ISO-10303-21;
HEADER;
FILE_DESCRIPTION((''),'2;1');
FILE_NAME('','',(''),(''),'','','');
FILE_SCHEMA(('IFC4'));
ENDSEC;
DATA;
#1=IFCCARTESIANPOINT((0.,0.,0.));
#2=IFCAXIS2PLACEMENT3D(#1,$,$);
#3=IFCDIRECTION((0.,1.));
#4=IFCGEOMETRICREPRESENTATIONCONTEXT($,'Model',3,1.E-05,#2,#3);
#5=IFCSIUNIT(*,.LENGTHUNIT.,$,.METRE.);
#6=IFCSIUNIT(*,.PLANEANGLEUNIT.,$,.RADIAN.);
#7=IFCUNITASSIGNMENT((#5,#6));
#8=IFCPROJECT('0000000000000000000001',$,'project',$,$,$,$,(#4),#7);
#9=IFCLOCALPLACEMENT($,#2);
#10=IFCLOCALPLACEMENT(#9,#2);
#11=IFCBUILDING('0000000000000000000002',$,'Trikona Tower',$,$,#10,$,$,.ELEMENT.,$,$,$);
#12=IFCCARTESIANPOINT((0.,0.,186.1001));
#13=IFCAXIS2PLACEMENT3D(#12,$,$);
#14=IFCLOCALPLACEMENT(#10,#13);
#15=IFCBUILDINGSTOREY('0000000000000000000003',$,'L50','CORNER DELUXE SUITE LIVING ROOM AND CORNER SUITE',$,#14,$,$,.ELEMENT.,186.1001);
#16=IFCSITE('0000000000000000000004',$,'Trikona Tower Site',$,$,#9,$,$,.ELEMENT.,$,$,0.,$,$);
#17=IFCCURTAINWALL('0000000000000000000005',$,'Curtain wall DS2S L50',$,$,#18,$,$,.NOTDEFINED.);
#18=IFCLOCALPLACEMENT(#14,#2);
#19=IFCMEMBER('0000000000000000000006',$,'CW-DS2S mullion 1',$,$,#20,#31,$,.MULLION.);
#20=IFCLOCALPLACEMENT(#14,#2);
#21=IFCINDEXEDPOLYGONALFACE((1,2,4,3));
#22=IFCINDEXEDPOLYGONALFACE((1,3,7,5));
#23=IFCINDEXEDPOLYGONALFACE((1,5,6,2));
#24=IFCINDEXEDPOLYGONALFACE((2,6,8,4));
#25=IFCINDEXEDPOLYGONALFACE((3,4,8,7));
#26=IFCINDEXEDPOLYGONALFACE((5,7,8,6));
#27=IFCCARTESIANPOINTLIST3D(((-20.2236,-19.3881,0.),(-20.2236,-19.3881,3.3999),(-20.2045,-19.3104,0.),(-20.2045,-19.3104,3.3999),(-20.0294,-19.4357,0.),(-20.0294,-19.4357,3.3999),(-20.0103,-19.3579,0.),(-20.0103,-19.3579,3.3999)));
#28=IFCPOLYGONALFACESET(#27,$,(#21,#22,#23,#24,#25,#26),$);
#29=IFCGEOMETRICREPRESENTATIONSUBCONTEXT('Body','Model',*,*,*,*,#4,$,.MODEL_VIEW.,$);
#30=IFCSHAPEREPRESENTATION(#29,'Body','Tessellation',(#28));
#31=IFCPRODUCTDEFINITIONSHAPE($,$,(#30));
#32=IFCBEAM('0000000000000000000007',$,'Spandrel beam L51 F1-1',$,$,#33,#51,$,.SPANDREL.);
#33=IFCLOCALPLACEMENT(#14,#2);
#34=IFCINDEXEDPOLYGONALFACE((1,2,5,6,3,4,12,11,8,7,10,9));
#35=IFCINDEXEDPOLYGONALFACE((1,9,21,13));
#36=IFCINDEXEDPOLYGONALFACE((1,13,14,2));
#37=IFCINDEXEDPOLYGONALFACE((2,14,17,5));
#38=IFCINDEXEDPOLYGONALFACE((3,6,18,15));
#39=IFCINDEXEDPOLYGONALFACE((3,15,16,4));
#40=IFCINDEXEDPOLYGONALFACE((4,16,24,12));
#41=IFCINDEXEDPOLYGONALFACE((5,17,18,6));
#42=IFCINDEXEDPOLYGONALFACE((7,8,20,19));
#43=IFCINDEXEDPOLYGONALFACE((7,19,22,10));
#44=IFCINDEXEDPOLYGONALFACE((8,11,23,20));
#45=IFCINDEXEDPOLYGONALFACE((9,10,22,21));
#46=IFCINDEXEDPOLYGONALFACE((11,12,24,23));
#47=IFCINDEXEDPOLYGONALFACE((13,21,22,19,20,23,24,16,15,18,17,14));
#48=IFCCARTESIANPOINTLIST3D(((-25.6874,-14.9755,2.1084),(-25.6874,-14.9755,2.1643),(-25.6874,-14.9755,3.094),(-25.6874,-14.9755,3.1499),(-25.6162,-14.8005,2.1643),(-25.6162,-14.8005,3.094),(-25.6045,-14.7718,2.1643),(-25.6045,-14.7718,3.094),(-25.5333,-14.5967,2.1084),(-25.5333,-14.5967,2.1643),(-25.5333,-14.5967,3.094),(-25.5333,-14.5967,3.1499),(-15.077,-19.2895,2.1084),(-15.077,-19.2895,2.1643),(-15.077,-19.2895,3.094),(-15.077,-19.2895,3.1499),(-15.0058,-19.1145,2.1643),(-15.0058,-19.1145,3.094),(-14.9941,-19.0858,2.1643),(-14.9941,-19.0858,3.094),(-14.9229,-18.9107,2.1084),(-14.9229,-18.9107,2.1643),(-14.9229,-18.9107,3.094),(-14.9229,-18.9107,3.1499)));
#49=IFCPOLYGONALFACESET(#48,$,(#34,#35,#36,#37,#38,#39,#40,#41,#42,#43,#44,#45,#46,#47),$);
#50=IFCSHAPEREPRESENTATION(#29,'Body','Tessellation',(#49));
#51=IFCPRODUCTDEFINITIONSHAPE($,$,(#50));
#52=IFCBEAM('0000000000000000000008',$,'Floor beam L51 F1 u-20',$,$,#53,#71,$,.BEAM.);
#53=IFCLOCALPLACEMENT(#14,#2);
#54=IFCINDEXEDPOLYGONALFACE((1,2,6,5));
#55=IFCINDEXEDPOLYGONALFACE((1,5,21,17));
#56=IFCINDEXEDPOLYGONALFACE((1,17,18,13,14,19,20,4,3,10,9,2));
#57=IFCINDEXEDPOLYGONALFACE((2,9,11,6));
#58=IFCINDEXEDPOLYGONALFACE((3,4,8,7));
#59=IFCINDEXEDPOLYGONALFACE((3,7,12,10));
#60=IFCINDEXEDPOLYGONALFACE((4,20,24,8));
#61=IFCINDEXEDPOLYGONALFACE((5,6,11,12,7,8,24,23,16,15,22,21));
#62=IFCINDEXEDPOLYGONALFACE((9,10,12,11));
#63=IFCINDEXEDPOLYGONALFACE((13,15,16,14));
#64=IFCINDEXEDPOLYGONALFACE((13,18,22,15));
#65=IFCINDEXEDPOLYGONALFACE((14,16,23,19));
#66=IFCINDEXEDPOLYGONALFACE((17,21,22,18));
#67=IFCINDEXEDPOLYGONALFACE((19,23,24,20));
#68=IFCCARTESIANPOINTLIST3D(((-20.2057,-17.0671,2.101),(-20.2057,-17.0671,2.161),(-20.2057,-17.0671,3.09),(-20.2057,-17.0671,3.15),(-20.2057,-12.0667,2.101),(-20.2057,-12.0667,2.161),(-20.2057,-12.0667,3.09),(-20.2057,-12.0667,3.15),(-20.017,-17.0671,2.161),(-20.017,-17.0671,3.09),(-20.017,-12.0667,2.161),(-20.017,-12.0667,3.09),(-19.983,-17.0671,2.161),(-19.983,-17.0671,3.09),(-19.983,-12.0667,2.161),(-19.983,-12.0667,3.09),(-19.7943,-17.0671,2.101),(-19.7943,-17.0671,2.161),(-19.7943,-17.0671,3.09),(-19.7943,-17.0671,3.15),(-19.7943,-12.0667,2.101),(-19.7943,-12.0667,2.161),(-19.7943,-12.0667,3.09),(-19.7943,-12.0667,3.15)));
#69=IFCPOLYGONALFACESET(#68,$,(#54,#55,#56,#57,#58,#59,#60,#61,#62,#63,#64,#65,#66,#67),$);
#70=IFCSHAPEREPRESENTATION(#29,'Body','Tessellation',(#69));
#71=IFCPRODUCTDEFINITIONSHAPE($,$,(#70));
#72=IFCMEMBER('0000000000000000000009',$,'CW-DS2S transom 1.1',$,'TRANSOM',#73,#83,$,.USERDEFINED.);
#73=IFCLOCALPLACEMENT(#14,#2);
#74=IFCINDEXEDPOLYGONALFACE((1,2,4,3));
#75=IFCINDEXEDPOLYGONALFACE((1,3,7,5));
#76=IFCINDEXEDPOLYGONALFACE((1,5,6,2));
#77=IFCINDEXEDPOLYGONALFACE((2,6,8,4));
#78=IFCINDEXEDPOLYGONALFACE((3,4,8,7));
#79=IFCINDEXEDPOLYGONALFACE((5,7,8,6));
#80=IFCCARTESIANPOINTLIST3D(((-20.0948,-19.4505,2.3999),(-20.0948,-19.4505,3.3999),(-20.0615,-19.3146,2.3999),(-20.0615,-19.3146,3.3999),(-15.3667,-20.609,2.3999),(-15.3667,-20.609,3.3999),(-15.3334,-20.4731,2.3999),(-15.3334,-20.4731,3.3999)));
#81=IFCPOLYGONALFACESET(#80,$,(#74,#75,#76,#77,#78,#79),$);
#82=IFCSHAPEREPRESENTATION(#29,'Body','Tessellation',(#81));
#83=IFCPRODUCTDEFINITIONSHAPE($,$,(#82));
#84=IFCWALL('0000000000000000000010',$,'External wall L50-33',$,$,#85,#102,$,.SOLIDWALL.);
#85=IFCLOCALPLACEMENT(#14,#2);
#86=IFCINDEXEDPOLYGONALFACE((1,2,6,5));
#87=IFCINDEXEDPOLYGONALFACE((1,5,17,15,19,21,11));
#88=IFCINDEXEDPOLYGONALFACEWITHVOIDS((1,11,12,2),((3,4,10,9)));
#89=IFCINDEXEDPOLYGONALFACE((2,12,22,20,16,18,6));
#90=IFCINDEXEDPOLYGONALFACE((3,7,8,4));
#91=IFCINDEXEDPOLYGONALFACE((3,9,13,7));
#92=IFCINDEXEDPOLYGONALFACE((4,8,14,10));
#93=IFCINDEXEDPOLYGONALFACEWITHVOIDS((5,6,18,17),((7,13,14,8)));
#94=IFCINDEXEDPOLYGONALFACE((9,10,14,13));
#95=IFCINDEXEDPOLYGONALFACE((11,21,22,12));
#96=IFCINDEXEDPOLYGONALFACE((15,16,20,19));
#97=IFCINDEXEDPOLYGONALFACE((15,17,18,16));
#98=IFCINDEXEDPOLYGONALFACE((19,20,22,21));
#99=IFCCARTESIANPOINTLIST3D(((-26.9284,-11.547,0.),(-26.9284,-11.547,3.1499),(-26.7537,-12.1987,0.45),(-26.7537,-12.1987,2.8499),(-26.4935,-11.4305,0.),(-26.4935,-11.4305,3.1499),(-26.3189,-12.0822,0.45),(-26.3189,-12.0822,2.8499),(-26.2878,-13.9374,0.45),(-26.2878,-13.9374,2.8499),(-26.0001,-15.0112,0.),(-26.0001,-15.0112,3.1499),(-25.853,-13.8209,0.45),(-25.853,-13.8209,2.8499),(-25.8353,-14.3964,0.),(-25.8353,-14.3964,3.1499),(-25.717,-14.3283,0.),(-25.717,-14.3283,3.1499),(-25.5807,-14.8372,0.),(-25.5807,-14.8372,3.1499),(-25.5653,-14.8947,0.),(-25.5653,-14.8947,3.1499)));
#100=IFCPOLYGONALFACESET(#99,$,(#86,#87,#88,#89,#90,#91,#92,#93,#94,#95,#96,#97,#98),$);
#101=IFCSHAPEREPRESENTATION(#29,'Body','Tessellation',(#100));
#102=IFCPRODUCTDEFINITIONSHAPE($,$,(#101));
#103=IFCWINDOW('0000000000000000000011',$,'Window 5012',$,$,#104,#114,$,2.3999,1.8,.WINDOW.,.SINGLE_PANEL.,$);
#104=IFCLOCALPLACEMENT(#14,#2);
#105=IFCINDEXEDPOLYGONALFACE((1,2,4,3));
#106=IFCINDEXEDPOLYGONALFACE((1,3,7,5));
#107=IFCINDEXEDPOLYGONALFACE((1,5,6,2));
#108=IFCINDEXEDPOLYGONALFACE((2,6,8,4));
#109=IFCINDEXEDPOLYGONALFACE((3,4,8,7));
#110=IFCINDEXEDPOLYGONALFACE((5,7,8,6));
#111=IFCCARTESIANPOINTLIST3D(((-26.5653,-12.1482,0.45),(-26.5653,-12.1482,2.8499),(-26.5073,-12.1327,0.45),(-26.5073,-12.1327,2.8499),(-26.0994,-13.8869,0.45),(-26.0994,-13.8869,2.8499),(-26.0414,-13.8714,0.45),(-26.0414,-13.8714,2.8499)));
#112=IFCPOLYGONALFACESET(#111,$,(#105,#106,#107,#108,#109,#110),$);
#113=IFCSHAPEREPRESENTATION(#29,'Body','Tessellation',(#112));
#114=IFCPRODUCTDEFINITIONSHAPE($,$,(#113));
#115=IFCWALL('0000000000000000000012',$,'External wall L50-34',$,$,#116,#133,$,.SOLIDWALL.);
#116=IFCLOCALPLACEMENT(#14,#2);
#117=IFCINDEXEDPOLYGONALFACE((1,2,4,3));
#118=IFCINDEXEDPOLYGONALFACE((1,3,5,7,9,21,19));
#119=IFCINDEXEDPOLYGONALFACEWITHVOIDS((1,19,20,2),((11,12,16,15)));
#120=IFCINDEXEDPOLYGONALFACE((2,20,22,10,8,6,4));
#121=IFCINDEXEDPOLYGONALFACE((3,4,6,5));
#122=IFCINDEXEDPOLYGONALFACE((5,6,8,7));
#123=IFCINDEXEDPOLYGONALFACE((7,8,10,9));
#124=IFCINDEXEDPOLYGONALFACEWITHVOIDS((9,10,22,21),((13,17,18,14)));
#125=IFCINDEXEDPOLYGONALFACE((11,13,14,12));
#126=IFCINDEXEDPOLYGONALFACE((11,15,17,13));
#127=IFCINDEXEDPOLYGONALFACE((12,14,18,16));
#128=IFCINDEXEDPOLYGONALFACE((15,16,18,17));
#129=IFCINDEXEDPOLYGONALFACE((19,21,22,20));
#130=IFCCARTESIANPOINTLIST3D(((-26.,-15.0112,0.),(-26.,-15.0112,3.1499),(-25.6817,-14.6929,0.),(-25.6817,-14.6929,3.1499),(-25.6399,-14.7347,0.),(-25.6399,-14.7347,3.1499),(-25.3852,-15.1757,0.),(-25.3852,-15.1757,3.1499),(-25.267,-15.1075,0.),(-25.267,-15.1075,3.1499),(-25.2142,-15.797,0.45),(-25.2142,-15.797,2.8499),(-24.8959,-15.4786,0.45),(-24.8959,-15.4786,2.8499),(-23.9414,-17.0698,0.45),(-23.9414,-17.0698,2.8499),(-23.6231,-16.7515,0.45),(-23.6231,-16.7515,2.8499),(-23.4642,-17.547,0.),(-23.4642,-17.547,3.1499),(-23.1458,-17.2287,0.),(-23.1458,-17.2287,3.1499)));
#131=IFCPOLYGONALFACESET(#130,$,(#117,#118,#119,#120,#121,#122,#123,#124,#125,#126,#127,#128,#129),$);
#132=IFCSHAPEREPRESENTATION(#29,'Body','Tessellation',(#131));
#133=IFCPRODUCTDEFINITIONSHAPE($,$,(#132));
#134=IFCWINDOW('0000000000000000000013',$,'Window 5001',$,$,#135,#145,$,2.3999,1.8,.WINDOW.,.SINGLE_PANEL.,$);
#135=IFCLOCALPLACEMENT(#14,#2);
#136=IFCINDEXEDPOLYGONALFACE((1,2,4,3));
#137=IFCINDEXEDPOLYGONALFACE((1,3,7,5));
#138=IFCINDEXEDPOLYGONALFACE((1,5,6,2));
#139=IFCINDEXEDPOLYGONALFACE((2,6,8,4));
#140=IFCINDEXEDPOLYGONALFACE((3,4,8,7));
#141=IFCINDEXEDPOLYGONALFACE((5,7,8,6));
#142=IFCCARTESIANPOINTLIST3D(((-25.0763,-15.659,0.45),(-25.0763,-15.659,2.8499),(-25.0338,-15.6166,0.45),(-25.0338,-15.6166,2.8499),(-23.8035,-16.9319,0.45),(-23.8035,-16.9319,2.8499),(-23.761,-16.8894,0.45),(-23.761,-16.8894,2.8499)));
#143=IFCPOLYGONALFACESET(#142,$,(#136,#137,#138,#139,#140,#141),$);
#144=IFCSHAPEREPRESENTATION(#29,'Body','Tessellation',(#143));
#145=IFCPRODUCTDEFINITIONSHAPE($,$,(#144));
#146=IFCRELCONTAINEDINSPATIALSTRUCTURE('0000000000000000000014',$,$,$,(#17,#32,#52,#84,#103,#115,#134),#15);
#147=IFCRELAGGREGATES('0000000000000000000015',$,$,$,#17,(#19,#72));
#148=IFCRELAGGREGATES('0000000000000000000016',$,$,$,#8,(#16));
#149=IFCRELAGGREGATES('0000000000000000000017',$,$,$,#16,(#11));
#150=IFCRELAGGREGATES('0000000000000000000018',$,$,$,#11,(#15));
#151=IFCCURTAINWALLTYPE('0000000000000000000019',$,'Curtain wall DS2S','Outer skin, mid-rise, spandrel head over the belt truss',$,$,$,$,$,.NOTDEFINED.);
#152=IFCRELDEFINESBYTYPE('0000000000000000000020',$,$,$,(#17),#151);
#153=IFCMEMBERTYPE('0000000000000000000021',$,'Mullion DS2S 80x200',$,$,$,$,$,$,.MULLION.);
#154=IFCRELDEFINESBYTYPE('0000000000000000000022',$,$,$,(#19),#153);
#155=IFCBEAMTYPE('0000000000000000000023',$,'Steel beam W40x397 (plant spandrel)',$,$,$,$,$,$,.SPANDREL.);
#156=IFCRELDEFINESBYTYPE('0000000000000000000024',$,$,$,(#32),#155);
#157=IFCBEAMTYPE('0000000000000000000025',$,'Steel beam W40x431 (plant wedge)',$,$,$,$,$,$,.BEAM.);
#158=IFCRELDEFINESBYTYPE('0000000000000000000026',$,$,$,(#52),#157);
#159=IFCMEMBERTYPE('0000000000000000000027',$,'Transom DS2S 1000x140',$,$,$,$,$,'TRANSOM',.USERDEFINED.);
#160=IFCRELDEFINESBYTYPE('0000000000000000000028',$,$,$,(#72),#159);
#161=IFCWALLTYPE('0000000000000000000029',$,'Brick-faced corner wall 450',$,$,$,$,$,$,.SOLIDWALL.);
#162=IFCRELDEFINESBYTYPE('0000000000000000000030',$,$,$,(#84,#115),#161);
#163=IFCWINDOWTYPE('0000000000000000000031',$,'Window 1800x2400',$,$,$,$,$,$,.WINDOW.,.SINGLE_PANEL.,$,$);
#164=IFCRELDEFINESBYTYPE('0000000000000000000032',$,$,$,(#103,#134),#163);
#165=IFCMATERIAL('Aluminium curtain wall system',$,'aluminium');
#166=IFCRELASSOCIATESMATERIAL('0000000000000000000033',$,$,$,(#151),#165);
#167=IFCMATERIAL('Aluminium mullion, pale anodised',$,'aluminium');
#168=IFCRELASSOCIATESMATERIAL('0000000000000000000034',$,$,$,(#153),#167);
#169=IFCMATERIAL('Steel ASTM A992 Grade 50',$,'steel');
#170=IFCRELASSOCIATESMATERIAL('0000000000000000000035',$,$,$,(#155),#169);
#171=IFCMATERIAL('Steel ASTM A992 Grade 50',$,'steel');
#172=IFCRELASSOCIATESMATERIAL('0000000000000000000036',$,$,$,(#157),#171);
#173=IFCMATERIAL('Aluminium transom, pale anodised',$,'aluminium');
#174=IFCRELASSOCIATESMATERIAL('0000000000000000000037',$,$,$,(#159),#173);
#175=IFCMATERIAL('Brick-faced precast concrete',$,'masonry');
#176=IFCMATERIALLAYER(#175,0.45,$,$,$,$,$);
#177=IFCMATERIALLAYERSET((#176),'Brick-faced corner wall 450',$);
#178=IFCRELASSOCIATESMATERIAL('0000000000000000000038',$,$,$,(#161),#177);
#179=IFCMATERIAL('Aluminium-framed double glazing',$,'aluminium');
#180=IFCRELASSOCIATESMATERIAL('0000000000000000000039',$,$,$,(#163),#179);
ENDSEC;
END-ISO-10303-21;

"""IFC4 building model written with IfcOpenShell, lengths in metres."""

from ifc_helpers import new_model, si_unit, direction, frame, frame_2d, origin, origin_2d, place, context, subcontext, project, spatial, polyline, rectangle, i_section, outline, extrude, material, layer, layer_set, material_profile, profile_set, type_object, element, fill, aggregate, save


model = new_model("IFC4")

# Units and contexts
model_context = context("Model", 3, precision=1e-05, world=origin(), true_north=direction((0.0, 1.0)))
body_context = subcontext(model_context, "Body", "Model", "MODEL_VIEW")
ifc_project = project(units=[si_unit("LENGTHUNIT", "METRE"), si_unit("PLANEANGLEUNIT", "RADIAN")], contexts=[model_context])

# Site, building, storey
site_placement = place(None, origin())
site = spatial("IfcSite", under=ifc_project, at=site_placement, Name="Trikona Tower Site", CompositionType="ELEMENT", RefElevation=0.0)
building_placement = place(site_placement, origin())
building = spatial("IfcBuilding", under=site, at=building_placement, Name="Trikona Tower", CompositionType="ELEMENT")
storey_placement = place(building_placement, frame((0.0, 0.0, 186.1001)))
storey = spatial("IfcBuildingStorey", under=building, at=storey_placement, Name="L50", Description="CORNER DELUXE SUITE LIVING ROOM AND CORNER SUITE", CompositionType="ELEMENT", Elevation=186.1001)

# Curtain wall, member
ifc_material_1 = material(Name="Aluminium curtain wall system", Category="aluminium")
curtain_wall_type = type_object("IfcCurtainWallType", Name="Curtain wall DS2S", Description="Outer skin, mid-rise, spandrel head over the belt truss", PredefinedType="NOTDEFINED", material=ifc_material_1)
curtain_wall_placement = place(storey_placement, origin())
curtain_wall = element("IfcCurtainWall", 1, at=curtain_wall_placement, inside=storey, type_object=curtain_wall_type, Name="Curtain wall DS2S L50", PredefinedType="NOTDEFINED")
ifc_material_2 = material(Name="Aluminium mullion, pale anodised", Category="aluminium")
ifc_material_profile_1 = material_profile(ifc_material_2, rectangle(XDim=0.0801, YDim=0.2, at=origin_2d()), Name="MUL-DS2S")
ifc_profile_set_1 = profile_set([ifc_material_profile_1], Name="Aluminium mullion, pale anodised")
member_type_1 = type_object("IfcMemberType", Name="Mullion DS2S 80x200", PredefinedType="MULLION", material=ifc_profile_set_1)
member_1_placement = place(storey_placement, frame((-20.1169, -19.373, 0.0), z_axis=(0.0, 0.0, 1.0), x_axis=(0.23797, 0.971272, 0.0)))
member_1 = element("IfcMember", 2, at=member_1_placement, type_object=member_type_1, Name="CW-DS2S mullion 1", PredefinedType="MULLION", context=body_context, shape_type="SweptSolid", body=[
    extrude(rectangle(XDim=0.0801, YDim=0.2, at=origin_2d()), origin(), (0.0, 0.0, 1.0), 3.3999),
])

# Beams
ifc_material_3 = material(Name="Steel ASTM A992 Grade 50", Category="steel")
ifc_material_profile_2 = material_profile(ifc_material_3, i_section(OverallWidth=0.4089, OverallDepth=1.0415, WebThickness=0.031, FlangeThickness=0.0559, at=origin_2d()), Name="W40X397")
ifc_profile_set_2 = profile_set([ifc_material_profile_2], Name="Steel ASTM A992 Grade 50")
beam_type_1 = type_object("IfcBeamType", Name="Steel beam W40x397 (plant spandrel)", PredefinedType="SPANDREL", material=ifc_profile_set_2)
beam_1_placement = place(storey_placement, frame((-25.6104, -14.7861, 2.6292), z_axis=(0.92636, -0.37664, 0.0), x_axis=(0.37664, 0.92636, 0.0)))
element("IfcBeam", 3, at=beam_1_placement, inside=storey, type_object=beam_type_1, Name="Spandrel beam L51 F1-1", PredefinedType="SPANDREL", context=body_context, shape_type="SweptSolid", body=[
    extrude(i_section(OverallWidth=0.4089, OverallDepth=1.0415, WebThickness=0.031, FlangeThickness=0.0559, at=origin_2d()), origin(), (0.0, 0.0, 1.0), 11.4539),
])
ifc_material_4 = material(Name="Steel ASTM A992 Grade 50", Category="steel")
ifc_material_profile_3 = material_profile(ifc_material_4, i_section(OverallWidth=0.4114, OverallDepth=1.0491, WebThickness=0.0339, FlangeThickness=0.0601, at=origin_2d()), Name="W40X431")
ifc_profile_set_3 = profile_set([ifc_material_profile_3], Name="Steel ASTM A992 Grade 50")
beam_type_2 = type_object("IfcBeamType", Name="Steel beam W40x431 (plant wedge)", PredefinedType="BEAM", material=ifc_profile_set_3)
beam_2_placement = place(storey_placement, frame((-20.0, -12.0667, 2.6255), z_axis=(0.0, -1.0, 0.0), x_axis=(1.0, 0.0, 0.0)))
element("IfcBeam", 4, at=beam_2_placement, inside=storey, type_object=beam_type_2, Name="Floor beam L51 F1 u-20", PredefinedType="BEAM", context=body_context, shape_type="SweptSolid", body=[
    extrude(i_section(OverallWidth=0.4114, OverallDepth=1.0491, WebThickness=0.0339, FlangeThickness=0.0601, at=origin_2d()), origin(), (0.0, 0.0, 1.0), 5.0005),
])

# Member
ifc_material_5 = material(Name="Aluminium transom, pale anodised", Category="aluminium")
ifc_material_profile_4 = material_profile(ifc_material_5, rectangle(XDim=0.1399, YDim=1.0, at=origin_2d()), Name="TRN-DS2S")
ifc_profile_set_4 = profile_set([ifc_material_profile_4], Name="Aluminium transom, pale anodised")
member_type_2 = type_object("IfcMemberType", Name="Transom DS2S 1000x140", ElementType="TRANSOM", PredefinedType="USERDEFINED", material=ifc_profile_set_4)
member_2_placement = place(storey_placement, frame((-20.0781, -19.3826, 2.8999), z_axis=(0.971271, -0.237978, 0.0), x_axis=(0.237978, 0.971271, 0.0)))
member_2 = element("IfcMember", 5, at=member_2_placement, type_object=member_type_2, Name="CW-DS2S transom 1.1", ObjectType="TRANSOM", PredefinedType="USERDEFINED", context=body_context, shape_type="SweptSolid", body=[
    extrude(rectangle(XDim=0.1399, YDim=1.0, at=origin_2d()), origin(), (0.0, 0.0, 1.0), 4.8679),
])
aggregate(curtain_wall, [member_1, member_2])

# Walls, openings, windows
ifc_material_6 = material(Name="Brick-faced precast concrete", Category="masonry")
ifc_layer_1 = layer(ifc_material_6, 0.45)
ifc_layer_set_1 = layer_set([ifc_layer_1], Name="Brick-faced corner wall 450")
wall_type_1 = type_object("IfcWallType", Name="Brick-faced corner wall 450", PredefinedType="SOLIDWALL", material=ifc_layer_set_1)
wall_1_placement = place(storey_placement, frame((-26.7109, -11.4888, 0.0), z_axis=(0.0, 0.0, 1.0), x_axis=(0.258823, -0.965925, 0.0)))
wall_1 = element("IfcWall", 6, at=wall_1_placement, inside=storey, type_object=wall_type_1, Name="External wall L50-33", PredefinedType="SOLIDWALL", context=body_context, shape_type="SweptSolid", body=[
    extrude(outline(polyline([(3.5864, 0.2251), (3.5269, 0.2251), (3.0352, 0.0933), (3.0, 0.2251), (0.0, 0.2251), (0.0, -0.2251), (3.5864, -0.2251), (3.5864, 0.2251)])), origin(), (0.0, 0.0, 1.0), 3.1499),
])
opening_1_placement = place(wall_1_placement, frame((0.6748, 0.0, 0.45)))
opening_1 = element("IfcOpeningElement", 7, at=opening_1_placement, cuts=wall_1, PredefinedType="OPENING", context=body_context, shape_type="SweptSolid", body=[
    extrude(rectangle(XDim=1.8, YDim=2.3999, at=frame_2d((0.8999, 1.2))), frame((0.0, 0.2349, 0.0), z_axis=(0.0, -1.0, 0.0), x_axis=(1.0, 0.0, 0.0)), (0.0, 0.0, 1.0), 0.47),
])
ifc_material_7 = material(Name="Aluminium-framed double glazing", Category="aluminium")
window_type_1 = type_object("IfcWindowType", Name="Window 1800x2400", PartitioningType="SINGLE_PANEL", PredefinedType="WINDOW", material=ifc_material_7)
window_1_placement = place(opening_1_placement, origin())
window_1 = element("IfcWindow", 8, at=window_1_placement, inside=storey, type_object=window_type_1, Name="Window 5012", OverallHeight=2.3999, OverallWidth=1.8, PartitioningType="SINGLE_PANEL", PredefinedType="WINDOW", context=body_context, shape_type="SweptSolid", body=[
    extrude(rectangle(XDim=1.8, YDim=2.3999, at=frame_2d((0.8999, 1.2))), frame((0.0, 0.03, 0.0), z_axis=(0.0, -1.0, 0.0), x_axis=(1.0, 0.0, 0.0)), (0.0, 0.0, 1.0), 0.0601),
])
fill(opening_1, window_1)
wall_2_placement = place(storey_placement, frame((-25.8408, -14.8521, 0.0), z_axis=(0.0, 0.0, 1.0), x_axis=(0.707107, -0.707107, 0.0)))
wall_2 = element("IfcWall", 9, at=wall_2_placement, inside=storey, type_object=wall_type_1, Name="External wall L50-34", PredefinedType="SOLIDWALL", context=body_context, shape_type="SweptSolid", body=[
    extrude(outline(polyline([(3.5862, 0.2251), (0.5864, 0.2251), (0.551, 0.0933), (0.0591, 0.2251), (0.0, 0.2251), (0.0, -0.2251), (3.5862, -0.2251), (3.5862, 0.2251)])), origin(), (0.0, 0.0, 1.0), 3.1499),
])
opening_2_placement = place(wall_2_placement, frame((1.1113, 0.0, 0.45)))
opening_2 = element("IfcOpeningElement", 10, at=opening_2_placement, cuts=wall_2, PredefinedType="OPENING", context=body_context, shape_type="SweptSolid", body=[
    extrude(rectangle(XDim=1.8, YDim=2.3999, at=frame_2d((0.8999, 1.2))), frame((0.0, 0.2349, 0.0), z_axis=(0.0, -1.0, 0.0), x_axis=(1.0, 0.0, 0.0)), (0.0, 0.0, 1.0), 0.47),
])
window_2_placement = place(opening_2_placement, origin())
window_2 = element("IfcWindow", 11, at=window_2_placement, inside=storey, type_object=window_type_1, Name="Window 5001", OverallHeight=2.3999, OverallWidth=1.8, PartitioningType="SINGLE_PANEL", PredefinedType="WINDOW", context=body_context, shape_type="SweptSolid", body=[
    extrude(rectangle(XDim=1.8, YDim=2.3999, at=frame_2d((0.8999, 1.2))), frame((0.0, 0.03, 0.0), z_axis=(0.0, -1.0, 0.0), x_axis=(1.0, 0.0, 0.0)), (0.0, 0.0, 1.0), 0.0601),
])
fill(opening_2, window_2)

save(model, "model.ifc")
